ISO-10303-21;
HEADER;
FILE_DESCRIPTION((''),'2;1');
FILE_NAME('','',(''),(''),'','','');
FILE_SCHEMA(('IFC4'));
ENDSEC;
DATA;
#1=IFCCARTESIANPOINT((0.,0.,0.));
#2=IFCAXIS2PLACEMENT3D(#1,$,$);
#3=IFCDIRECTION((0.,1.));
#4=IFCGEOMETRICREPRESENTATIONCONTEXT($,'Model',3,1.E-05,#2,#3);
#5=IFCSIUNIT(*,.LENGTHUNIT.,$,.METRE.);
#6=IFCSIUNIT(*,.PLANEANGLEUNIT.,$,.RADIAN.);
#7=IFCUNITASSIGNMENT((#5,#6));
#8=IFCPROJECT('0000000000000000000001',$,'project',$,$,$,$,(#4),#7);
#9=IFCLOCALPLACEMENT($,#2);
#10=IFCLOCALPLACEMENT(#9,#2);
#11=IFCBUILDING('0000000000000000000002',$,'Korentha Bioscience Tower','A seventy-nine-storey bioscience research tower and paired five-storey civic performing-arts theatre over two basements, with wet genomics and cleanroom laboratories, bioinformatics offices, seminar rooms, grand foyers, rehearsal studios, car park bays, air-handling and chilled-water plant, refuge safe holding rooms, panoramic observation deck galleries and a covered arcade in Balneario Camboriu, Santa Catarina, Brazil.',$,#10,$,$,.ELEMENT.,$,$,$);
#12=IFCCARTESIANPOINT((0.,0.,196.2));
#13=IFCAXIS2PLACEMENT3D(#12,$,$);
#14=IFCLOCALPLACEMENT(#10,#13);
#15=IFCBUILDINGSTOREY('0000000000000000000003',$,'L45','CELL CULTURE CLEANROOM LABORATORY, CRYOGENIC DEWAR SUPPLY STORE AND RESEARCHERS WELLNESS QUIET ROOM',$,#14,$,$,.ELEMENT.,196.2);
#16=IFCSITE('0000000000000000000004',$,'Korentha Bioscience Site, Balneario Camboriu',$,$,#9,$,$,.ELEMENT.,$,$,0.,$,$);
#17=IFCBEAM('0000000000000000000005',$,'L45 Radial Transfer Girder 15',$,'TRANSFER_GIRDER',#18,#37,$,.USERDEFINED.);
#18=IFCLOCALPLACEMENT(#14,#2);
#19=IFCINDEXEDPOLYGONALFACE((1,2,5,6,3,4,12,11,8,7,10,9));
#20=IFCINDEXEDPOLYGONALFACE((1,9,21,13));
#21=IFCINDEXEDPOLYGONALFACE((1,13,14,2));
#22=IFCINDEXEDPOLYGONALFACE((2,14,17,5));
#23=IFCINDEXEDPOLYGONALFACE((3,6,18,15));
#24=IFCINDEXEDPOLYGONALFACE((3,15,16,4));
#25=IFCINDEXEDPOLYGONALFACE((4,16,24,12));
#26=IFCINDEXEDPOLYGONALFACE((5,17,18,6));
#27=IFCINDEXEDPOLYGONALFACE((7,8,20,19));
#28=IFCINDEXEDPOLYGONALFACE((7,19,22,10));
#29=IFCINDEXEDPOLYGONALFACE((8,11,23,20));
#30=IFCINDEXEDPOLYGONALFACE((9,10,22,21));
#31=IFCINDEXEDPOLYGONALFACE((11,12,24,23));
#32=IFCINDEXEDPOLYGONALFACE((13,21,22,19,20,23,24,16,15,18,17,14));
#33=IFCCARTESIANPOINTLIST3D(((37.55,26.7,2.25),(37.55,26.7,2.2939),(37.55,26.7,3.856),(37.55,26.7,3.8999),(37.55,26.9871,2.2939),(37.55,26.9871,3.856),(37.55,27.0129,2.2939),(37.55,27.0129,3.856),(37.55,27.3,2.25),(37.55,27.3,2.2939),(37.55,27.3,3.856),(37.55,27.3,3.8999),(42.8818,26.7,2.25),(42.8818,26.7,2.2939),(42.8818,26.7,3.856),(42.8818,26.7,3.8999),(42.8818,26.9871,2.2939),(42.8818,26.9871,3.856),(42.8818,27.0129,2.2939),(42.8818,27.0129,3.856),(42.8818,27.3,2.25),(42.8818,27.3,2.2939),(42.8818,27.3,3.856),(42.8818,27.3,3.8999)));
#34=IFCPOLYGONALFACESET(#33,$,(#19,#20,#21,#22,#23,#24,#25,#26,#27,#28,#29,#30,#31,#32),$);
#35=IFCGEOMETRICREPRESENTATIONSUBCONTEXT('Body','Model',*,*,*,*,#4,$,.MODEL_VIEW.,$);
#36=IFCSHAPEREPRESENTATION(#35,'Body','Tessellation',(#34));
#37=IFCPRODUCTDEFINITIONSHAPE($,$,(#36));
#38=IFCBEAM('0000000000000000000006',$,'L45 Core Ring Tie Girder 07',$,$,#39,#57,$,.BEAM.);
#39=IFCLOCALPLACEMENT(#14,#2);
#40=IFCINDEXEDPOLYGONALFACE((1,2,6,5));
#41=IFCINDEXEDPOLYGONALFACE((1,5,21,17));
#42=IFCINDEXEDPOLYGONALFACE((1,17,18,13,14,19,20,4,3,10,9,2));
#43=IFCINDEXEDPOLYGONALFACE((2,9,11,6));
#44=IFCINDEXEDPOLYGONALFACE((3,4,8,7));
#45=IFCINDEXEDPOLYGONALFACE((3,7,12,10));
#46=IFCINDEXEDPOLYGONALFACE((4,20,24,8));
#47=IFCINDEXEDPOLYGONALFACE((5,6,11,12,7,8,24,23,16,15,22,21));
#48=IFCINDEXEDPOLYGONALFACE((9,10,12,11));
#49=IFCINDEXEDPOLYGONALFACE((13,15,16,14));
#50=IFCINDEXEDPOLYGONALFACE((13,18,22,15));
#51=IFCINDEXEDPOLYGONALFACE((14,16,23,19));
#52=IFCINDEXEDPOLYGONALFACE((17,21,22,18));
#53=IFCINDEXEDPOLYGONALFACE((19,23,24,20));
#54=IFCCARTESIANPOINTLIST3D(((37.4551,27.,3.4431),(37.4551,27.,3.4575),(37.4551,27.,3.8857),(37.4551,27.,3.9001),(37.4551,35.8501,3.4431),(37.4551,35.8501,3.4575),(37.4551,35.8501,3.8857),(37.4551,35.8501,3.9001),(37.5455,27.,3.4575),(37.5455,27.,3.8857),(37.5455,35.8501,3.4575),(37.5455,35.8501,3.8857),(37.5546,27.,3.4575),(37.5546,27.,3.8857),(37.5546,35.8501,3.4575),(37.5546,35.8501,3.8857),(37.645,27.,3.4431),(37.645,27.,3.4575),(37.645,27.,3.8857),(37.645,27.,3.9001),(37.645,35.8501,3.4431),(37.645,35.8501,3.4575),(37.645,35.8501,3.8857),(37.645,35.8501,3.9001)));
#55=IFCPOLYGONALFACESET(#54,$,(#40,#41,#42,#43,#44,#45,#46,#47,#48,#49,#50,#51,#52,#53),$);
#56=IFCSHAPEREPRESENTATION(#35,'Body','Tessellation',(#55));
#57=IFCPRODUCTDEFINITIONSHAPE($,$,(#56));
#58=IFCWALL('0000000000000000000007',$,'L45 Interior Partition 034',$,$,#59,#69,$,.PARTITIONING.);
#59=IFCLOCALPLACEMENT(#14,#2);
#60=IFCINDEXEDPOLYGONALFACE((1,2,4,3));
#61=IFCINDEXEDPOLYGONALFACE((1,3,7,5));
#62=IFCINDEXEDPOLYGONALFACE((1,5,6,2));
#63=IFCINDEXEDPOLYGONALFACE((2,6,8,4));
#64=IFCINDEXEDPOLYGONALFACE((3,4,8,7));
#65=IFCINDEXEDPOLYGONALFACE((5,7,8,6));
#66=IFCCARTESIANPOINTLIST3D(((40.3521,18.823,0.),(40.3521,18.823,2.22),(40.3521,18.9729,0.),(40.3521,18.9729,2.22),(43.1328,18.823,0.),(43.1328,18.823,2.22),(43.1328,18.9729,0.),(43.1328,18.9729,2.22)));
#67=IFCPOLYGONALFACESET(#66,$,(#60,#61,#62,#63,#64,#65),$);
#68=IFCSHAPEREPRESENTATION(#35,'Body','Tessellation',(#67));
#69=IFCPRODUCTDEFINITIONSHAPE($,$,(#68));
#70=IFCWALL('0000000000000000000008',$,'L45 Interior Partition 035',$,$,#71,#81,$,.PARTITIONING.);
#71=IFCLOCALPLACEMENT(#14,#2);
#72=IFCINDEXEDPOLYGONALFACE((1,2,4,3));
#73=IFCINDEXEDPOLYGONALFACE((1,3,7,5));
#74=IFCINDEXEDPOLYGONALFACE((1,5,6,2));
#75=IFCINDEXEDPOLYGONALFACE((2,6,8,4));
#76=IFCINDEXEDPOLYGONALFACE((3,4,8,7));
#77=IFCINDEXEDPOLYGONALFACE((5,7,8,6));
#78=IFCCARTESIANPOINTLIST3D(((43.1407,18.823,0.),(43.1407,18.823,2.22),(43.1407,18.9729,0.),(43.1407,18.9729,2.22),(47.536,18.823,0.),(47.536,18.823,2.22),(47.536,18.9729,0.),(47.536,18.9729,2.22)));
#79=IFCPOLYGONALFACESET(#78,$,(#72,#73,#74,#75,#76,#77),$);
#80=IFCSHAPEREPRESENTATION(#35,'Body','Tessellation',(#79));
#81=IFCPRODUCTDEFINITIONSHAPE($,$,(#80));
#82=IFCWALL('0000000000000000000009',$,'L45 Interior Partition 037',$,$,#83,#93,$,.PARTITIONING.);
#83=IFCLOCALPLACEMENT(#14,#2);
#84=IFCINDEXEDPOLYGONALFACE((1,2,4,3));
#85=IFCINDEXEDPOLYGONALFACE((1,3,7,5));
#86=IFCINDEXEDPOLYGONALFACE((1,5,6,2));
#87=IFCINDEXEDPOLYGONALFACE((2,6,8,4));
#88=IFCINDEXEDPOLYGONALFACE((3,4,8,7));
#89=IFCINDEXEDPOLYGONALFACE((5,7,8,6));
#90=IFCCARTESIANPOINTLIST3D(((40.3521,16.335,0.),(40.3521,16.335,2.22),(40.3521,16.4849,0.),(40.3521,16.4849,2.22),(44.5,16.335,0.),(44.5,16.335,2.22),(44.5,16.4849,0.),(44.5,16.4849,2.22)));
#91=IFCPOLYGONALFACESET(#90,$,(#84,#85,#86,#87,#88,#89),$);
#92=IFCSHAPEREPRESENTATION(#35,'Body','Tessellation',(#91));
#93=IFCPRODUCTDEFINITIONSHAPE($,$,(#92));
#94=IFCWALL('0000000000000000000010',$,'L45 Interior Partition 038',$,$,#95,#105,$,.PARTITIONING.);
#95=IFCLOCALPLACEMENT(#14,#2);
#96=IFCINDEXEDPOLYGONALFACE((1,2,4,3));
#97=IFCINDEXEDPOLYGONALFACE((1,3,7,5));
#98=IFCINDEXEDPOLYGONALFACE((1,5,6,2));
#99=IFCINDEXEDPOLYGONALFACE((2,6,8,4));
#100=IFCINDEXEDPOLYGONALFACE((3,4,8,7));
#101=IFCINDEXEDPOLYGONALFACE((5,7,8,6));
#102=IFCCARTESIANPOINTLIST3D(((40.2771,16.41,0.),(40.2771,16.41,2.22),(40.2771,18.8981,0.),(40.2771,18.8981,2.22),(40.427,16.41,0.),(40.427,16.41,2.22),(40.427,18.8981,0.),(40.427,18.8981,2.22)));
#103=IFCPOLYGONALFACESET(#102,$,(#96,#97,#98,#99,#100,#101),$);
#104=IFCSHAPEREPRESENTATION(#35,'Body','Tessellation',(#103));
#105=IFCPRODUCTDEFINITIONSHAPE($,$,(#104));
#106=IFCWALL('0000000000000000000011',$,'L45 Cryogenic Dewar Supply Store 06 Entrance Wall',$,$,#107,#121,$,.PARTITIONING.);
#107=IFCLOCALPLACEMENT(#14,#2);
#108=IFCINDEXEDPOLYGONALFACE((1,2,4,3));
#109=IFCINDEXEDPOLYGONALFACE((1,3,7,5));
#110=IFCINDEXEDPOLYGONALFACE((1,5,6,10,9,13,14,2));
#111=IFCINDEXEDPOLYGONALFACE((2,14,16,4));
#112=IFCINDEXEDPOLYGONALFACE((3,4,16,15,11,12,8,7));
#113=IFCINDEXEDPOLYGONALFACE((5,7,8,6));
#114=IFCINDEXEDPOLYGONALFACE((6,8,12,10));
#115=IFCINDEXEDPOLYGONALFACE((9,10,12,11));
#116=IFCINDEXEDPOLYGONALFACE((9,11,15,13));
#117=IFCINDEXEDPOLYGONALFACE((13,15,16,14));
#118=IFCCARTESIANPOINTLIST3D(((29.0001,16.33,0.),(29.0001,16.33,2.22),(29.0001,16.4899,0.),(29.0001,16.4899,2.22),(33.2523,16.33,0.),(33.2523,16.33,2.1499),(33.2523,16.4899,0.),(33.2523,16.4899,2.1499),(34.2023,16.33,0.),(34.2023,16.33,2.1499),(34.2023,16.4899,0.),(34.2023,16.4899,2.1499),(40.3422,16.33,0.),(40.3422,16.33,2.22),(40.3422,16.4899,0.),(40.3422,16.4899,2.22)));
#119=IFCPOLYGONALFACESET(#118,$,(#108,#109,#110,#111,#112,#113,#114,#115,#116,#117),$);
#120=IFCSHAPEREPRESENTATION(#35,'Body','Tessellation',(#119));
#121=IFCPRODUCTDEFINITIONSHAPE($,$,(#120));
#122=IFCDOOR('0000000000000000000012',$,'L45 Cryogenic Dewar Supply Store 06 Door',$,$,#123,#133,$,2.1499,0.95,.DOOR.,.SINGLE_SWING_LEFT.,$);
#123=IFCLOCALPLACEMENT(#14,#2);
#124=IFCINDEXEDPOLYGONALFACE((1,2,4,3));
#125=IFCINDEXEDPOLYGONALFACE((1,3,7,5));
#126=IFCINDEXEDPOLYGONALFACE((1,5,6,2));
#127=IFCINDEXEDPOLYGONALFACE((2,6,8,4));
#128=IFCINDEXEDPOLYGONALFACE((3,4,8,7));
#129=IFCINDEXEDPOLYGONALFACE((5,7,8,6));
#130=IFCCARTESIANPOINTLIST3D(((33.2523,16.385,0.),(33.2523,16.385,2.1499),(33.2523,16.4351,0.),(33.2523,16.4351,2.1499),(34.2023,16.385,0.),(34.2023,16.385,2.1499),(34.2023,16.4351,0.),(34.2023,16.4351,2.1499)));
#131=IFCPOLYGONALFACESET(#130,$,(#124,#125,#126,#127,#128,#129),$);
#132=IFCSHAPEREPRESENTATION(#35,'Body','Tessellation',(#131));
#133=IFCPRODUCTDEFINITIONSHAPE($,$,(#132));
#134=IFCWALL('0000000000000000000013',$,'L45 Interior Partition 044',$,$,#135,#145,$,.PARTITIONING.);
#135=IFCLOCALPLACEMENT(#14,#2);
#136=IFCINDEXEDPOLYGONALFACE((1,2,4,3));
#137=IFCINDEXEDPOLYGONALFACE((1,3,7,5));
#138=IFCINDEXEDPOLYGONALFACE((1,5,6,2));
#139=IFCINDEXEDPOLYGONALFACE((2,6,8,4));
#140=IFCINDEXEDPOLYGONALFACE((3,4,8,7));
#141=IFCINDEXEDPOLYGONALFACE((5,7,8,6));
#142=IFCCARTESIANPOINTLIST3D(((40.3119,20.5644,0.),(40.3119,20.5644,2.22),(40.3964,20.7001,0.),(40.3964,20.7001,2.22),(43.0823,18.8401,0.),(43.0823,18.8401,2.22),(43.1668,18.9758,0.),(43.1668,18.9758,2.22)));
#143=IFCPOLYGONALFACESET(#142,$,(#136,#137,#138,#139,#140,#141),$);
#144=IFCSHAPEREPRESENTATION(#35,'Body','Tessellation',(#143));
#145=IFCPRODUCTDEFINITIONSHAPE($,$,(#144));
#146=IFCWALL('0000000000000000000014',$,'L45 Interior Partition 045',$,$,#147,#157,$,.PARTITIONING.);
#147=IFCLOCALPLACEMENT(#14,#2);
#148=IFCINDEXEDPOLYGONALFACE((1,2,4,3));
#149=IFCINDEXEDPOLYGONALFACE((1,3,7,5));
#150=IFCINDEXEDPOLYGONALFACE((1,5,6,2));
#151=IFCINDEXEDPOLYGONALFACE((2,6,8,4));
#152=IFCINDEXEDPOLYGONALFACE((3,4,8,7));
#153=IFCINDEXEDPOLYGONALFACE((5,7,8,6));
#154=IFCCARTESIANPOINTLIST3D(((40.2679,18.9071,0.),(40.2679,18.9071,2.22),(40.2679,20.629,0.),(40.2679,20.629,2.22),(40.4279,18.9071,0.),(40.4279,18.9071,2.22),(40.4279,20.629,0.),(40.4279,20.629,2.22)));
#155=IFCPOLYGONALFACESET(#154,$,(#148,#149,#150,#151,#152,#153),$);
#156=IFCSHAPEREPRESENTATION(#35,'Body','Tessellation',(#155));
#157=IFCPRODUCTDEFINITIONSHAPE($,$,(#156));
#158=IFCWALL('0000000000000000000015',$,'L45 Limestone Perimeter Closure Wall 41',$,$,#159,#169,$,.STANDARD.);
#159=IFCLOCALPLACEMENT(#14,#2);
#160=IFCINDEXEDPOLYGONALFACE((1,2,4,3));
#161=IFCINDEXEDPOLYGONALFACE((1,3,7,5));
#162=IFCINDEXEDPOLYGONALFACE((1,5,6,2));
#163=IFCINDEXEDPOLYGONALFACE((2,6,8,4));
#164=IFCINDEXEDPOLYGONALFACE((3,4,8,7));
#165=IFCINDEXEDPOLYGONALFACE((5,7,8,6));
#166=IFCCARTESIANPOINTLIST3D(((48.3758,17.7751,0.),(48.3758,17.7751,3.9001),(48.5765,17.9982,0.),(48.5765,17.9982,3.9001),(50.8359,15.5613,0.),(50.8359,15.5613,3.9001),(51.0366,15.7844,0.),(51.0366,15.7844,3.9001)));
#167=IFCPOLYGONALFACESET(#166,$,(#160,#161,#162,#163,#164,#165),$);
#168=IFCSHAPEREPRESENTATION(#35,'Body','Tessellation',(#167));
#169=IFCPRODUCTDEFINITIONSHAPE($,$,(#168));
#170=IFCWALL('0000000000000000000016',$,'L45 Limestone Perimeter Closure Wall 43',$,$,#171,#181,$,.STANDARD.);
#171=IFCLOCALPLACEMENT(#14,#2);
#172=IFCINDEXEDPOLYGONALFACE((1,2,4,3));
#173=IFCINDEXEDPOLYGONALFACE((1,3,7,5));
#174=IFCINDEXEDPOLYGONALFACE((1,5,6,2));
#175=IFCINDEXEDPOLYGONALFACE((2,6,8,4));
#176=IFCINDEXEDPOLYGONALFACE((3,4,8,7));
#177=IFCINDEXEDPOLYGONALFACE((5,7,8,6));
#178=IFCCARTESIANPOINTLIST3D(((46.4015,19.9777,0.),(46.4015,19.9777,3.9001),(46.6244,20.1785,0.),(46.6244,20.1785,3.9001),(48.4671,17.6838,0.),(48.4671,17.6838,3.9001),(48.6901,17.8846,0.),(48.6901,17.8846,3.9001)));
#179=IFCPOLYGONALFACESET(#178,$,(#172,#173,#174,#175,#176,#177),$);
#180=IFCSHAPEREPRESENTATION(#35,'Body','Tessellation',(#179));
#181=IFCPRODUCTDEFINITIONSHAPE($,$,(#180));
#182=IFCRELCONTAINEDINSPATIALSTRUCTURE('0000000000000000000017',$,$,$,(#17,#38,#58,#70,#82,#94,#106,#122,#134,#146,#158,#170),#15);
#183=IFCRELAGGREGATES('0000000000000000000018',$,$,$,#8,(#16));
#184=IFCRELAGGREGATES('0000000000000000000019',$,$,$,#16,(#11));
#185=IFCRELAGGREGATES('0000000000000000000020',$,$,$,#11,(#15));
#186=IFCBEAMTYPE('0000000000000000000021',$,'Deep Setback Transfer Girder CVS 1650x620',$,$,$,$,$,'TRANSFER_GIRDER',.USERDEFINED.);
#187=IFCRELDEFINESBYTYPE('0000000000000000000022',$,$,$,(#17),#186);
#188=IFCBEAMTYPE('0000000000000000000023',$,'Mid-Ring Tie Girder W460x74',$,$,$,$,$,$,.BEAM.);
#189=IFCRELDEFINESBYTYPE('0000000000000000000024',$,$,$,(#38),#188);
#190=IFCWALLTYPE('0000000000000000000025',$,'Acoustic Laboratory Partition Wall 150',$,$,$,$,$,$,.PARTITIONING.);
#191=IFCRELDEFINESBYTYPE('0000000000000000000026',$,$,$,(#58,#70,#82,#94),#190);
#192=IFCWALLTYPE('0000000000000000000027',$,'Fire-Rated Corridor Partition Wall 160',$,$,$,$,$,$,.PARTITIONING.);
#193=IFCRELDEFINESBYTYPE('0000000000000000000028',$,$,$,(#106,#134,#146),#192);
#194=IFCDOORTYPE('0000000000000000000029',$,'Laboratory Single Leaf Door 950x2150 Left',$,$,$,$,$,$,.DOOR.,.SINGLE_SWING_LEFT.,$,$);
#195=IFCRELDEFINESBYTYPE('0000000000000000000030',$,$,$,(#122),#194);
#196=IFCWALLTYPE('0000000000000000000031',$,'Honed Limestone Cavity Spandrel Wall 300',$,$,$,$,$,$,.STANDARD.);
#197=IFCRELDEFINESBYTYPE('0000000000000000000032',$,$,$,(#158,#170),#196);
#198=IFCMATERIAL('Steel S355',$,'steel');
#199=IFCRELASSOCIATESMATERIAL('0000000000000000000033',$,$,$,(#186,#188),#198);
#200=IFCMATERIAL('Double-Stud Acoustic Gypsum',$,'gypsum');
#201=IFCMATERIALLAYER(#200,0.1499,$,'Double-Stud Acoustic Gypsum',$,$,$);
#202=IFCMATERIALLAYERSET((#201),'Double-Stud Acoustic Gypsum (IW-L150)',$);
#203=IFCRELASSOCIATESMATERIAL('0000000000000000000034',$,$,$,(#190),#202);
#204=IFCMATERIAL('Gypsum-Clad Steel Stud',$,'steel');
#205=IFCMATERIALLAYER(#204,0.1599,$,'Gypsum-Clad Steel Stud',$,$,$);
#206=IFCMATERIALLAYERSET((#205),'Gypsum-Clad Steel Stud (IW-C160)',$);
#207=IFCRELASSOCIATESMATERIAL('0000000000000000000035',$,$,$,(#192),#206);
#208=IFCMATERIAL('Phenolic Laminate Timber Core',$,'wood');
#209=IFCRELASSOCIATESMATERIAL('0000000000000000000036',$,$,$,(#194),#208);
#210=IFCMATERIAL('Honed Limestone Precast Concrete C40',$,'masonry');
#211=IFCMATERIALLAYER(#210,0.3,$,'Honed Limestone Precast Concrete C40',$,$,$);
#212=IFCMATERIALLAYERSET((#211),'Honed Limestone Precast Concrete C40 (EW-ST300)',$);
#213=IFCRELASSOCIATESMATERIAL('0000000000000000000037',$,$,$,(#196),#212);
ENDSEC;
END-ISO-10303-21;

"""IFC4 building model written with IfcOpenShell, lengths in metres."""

from ifc_helpers import new_model, si_unit, direction, frame, frame_2d, origin, origin_2d, place, context, subcontext, project, spatial, rectangle, i_section, extrude, material, layer, layer_set, material_profile, profile_set, type_object, element, fill, save


model = new_model("IFC4")

# Units and contexts
model_context = context("Model", 3, precision=1e-05, world=origin(), true_north=direction((0.0, 1.0)))
body_context = subcontext(model_context, "Body", "Model", "MODEL_VIEW")
ifc_project = project(units=[si_unit("LENGTHUNIT", "METRE"), si_unit("PLANEANGLEUNIT", "RADIAN")], contexts=[model_context])

# Site, building, storey
site_placement = place(None, origin())
site = spatial("IfcSite", under=ifc_project, at=site_placement, Name="Korentha Bioscience Site, Balneario Camboriu", CompositionType="ELEMENT", RefElevation=0.0)
building_placement = place(site_placement, origin())
building = spatial("IfcBuilding", under=site, at=building_placement, Name="Korentha Bioscience Tower", Description="A seventy-nine-storey bioscience research tower and paired five-storey civic performing-arts theatre over two basements, with wet genomics and cleanroom laboratories, bioinformatics offices, seminar rooms, grand foyers, rehearsal studios, car park bays, air-handling and chilled-water plant, refuge safe holding rooms, panoramic observation deck galleries and a covered arcade in Balneario Camboriu, Santa Catarina, Brazil.", CompositionType="ELEMENT")
storey_placement = place(building_placement, frame((0.0, 0.0, 196.2)))
storey = spatial("IfcBuildingStorey", under=building, at=storey_placement, Name="L45", Description="CELL CULTURE CLEANROOM LABORATORY, CRYOGENIC DEWAR SUPPLY STORE AND RESEARCHERS WELLNESS QUIET ROOM", CompositionType="ELEMENT", Elevation=196.2)

# Beams
ifc_material_1 = material(Name="Steel S355", Category="steel")
ifc_material_profile_1 = material_profile(ifc_material_1, i_section(OverallWidth=0.6001, OverallDepth=1.6499, WebThickness=0.0259, FlangeThickness=0.0439, at=origin_2d()), Name="Steel S355")
ifc_profile_set_1 = profile_set([ifc_material_profile_1], Name="Steel S355 (TG-04)")
beam_type_1 = type_object("IfcBeamType", Name="Deep Setback Transfer Girder CVS 1650x620", ElementType="TRANSFER_GIRDER", PredefinedType="USERDEFINED", material=ifc_profile_set_1)
beam_1_placement = place(storey_placement, frame((37.55, 27.0, 3.075), z_axis=(1.0, 0.0, 0.0), x_axis=(0.0, 1.0, 0.0)))
element("IfcBeam", 1, at=beam_1_placement, inside=storey, type_object=beam_type_1, Name="L45 Radial Transfer Girder 15", ObjectType="TRANSFER_GIRDER", PredefinedType="USERDEFINED", context=body_context, shape_type="SweptSolid", body=[
    extrude(i_section(OverallWidth=0.6001, OverallDepth=1.6499, WebThickness=0.0259, FlangeThickness=0.0439, at=origin_2d()), origin(), (0.0, 0.0, 1.0), 5.3318),
])
ifc_material_profile_2 = material_profile(ifc_material_1, i_section(OverallWidth=0.1899, OverallDepth=0.457, WebThickness=0.009, FlangeThickness=0.0144, at=origin_2d()), Name="Steel S355")
ifc_profile_set_2 = profile_set([ifc_material_profile_2], Name="Steel S355 (MB-460)")
beam_type_2 = type_object("IfcBeamType", Name="Mid-Ring Tie Girder W460x74", PredefinedType="BEAM", material=ifc_profile_set_2)
beam_2_placement = place(storey_placement, frame((37.55, 27.0, 3.6716), z_axis=(0.0, 1.0, 0.0), x_axis=(-1.0, 0.0, 0.0)))
element("IfcBeam", 2, at=beam_2_placement, inside=storey, type_object=beam_type_2, Name="L45 Core Ring Tie Girder 07", PredefinedType="BEAM", context=body_context, shape_type="SweptSolid", body=[
    extrude(i_section(OverallWidth=0.1899, OverallDepth=0.457, WebThickness=0.009, FlangeThickness=0.0144, at=origin_2d()), origin(), (0.0, 0.0, 1.0), 8.8501),
])

# Walls
ifc_material_2 = material(Name="Double-Stud Acoustic Gypsum", Category="gypsum")
ifc_layer_1 = layer(ifc_material_2, 0.1499, Name="Double-Stud Acoustic Gypsum")
ifc_layer_set_1 = layer_set([ifc_layer_1], Name="Double-Stud Acoustic Gypsum (IW-L150)")
wall_type_1 = type_object("IfcWallType", Name="Acoustic Laboratory Partition Wall 150", PredefinedType="PARTITIONING", material=ifc_layer_set_1)
wall_1_placement = place(storey_placement, frame((40.3521, 18.8979, 0.0), z_axis=(0.0, 0.0, 1.0), x_axis=(1.0, 0.0, 0.0)))
element("IfcWall", 3, at=wall_1_placement, inside=storey, type_object=wall_type_1, Name="L45 Interior Partition 034", PredefinedType="PARTITIONING", context=body_context, shape_type="SweptSolid", body=[
    extrude(rectangle(XDim=2.7808, YDim=0.1499, at=frame_2d((1.3904, 0.0))), origin(), (0.0, 0.0, 1.0), 2.22),
])
wall_2_placement = place(storey_placement, frame((43.1406, 18.8979, 0.0), z_axis=(0.0, 0.0, 1.0), x_axis=(1.0, 0.0, 0.0)))
element("IfcWall", 4, at=wall_2_placement, inside=storey, type_object=wall_type_1, Name="L45 Interior Partition 035", PredefinedType="PARTITIONING", context=body_context, shape_type="SweptSolid", body=[
    extrude(rectangle(XDim=4.3953, YDim=0.1499, at=frame_2d((2.1978, 0.0))), origin(), (0.0, 0.0, 1.0), 2.22),
])
wall_3_placement = place(storey_placement, frame((44.5, 16.4099, 0.0), z_axis=(0.0, 0.0, 1.0), x_axis=(-1.0, 0.0, 0.0)))
element("IfcWall", 5, at=wall_3_placement, inside=storey, type_object=wall_type_1, Name="L45 Interior Partition 037", PredefinedType="PARTITIONING", context=body_context, shape_type="SweptSolid", body=[
    extrude(rectangle(XDim=4.1479, YDim=0.1499, at=frame_2d((2.074, 0.0))), origin(), (0.0, 0.0, 1.0), 2.22),
])
wall_4_placement = place(storey_placement, frame((40.3521, 16.4099, 0.0), z_axis=(0.0, 0.0, 1.0), x_axis=(0.0, 1.0, 0.0)))
element("IfcWall", 6, at=wall_4_placement, inside=storey, type_object=wall_type_1, Name="L45 Interior Partition 038", PredefinedType="PARTITIONING", context=body_context, shape_type="SweptSolid", body=[
    extrude(rectangle(XDim=2.488, YDim=0.1499, at=frame_2d((1.2441, 0.0))), origin(), (0.0, 0.0, 1.0), 2.22),
])

# Wall, opening, door
ifc_material_3 = material(Name="Gypsum-Clad Steel Stud", Category="steel")
ifc_layer_2 = layer(ifc_material_3, 0.1599, Name="Gypsum-Clad Steel Stud")
ifc_layer_set_2 = layer_set([ifc_layer_2], Name="Gypsum-Clad Steel Stud (IW-C160)")
wall_type_2 = type_object("IfcWallType", Name="Fire-Rated Corridor Partition Wall 160", PredefinedType="PARTITIONING", material=ifc_layer_set_2)
wall_5_placement = place(storey_placement, frame((40.342, 16.4099, 0.0), z_axis=(0.0, 0.0, 1.0), x_axis=(-1.0, 0.0, 0.0)))
wall_5 = element("IfcWall", 7, at=wall_5_placement, inside=storey, type_object=wall_type_2, Name="L45 Cryogenic Dewar Supply Store 06 Entrance Wall", PredefinedType="PARTITIONING", context=body_context, shape_type="SweptSolid", body=[
    extrude(rectangle(XDim=11.342, YDim=0.1599, at=frame_2d((5.6709, 0.0))), origin(), (0.0, 0.0, 1.0), 2.22),
])
opening_placement = place(wall_5_placement, frame((6.1396, 0.0, 0.0)))
opening = element("IfcOpeningElement", 8, at=opening_placement, cuts=wall_5, PredefinedType="OPENING", context=body_context, shape_type="SweptSolid", body=[
    extrude(rectangle(XDim=0.95, YDim=2.1499, at=frame_2d((0.4751, 1.075))), frame((0.0, 0.0947, 0.0), z_axis=(0.0, -1.0, 0.0), x_axis=(1.0, 0.0, 0.0)), (0.0, 0.0, 1.0), 0.1897),
])
ifc_material_4 = material(Name="Phenolic Laminate Timber Core", Category="wood")
door_type = type_object("IfcDoorType", Name="Laboratory Single Leaf Door 950x2150 Left", OperationType="SINGLE_SWING_LEFT", PredefinedType="DOOR", material=ifc_material_4)
door_placement = place(opening_placement, origin())
door = element("IfcDoor", 9, at=door_placement, inside=storey, type_object=door_type, Name="L45 Cryogenic Dewar Supply Store 06 Door", OperationType="SINGLE_SWING_LEFT", OverallHeight=2.1499, OverallWidth=0.95, PredefinedType="DOOR", context=body_context, shape_type="SweptSolid", body=[
    extrude(rectangle(XDim=0.95, YDim=2.1499, at=frame_2d((0.4751, 1.075))), frame((0.0, 0.0249, 0.0), z_axis=(0.0, -1.0, 0.0), x_axis=(1.0, 0.0, 0.0)), (0.0, 0.0, 1.0), 0.05),
])
fill(opening, door)

# Walls
wall_6_placement = place(storey_placement, frame((43.1245, 18.908, 0.0), z_axis=(0.0, 0.0, 1.0), x_axis=(-0.848989, 0.528411, 0.0)))
element("IfcWall", 10, at=wall_6_placement, inside=storey, type_object=wall_type_2, Name="L45 Interior Partition 044", PredefinedType="PARTITIONING", context=body_context, shape_type="SweptSolid", body=[
    extrude(rectangle(XDim=3.2632, YDim=0.1599, at=frame_2d((1.6316, 0.0))), origin(), (0.0, 0.0, 1.0), 2.22),
])
wall_7_placement = place(storey_placement, frame((40.3479, 20.6289, 0.0), z_axis=(0.0, 0.0, 1.0), x_axis=(0.0, -1.0, 0.0)))
element("IfcWall", 11, at=wall_7_placement, inside=storey, type_object=wall_type_2, Name="L45 Interior Partition 045", PredefinedType="PARTITIONING", context=body_context, shape_type="SweptSolid", body=[
    extrude(rectangle(XDim=1.7219, YDim=0.1599, at=frame_2d((0.8608, 0.0))), origin(), (0.0, 0.0, 1.0), 2.22),
])
ifc_material_5 = material(Name="Honed Limestone Precast Concrete C40", Category="masonry")
ifc_layer_3 = layer(ifc_material_5, 0.3, Name="Honed Limestone Precast Concrete C40")
ifc_layer_set_3 = layer_set([ifc_layer_3], Name="Honed Limestone Precast Concrete C40 (EW-ST300)")
wall_type_3 = type_object("IfcWallType", Name="Honed Limestone Cavity Spandrel Wall 300", PredefinedType="STANDARD", material=ifc_layer_set_3)
wall_8_placement = place(storey_placement, frame((50.9363, 15.6729, 0.0), z_axis=(0.0, 0.0, 1.0), x_axis=(-0.743342, 0.668912, 0.0)))
element("IfcWall", 12, at=wall_8_placement, inside=storey, type_object=wall_type_3, Name="L45 Limestone Perimeter Closure Wall 41", PredefinedType="STANDARD", context=body_context, shape_type="SweptSolid", body=[
    extrude(rectangle(XDim=3.3096, YDim=0.3, at=frame_2d((1.6548, 0.0))), origin(), (0.0, 0.0, 1.0), 3.9001),
])
wall_9_placement = place(storey_placement, frame((48.5786, 17.7842, 0.0), z_axis=(0.0, 0.0, 1.0), x_axis=(-0.669166, 0.743113, 0.0)))
element("IfcWall", 13, at=wall_9_placement, inside=storey, type_object=wall_type_3, Name="L45 Limestone Perimeter Closure Wall 43", PredefinedType="STANDARD", context=body_context, shape_type="SweptSolid", body=[
    extrude(rectangle(XDim=3.0869, YDim=0.3, at=frame_2d((1.5435, 0.0))), origin(), (0.0, 0.0, 1.0), 3.9001),
])

save(model, "model.ifc")
